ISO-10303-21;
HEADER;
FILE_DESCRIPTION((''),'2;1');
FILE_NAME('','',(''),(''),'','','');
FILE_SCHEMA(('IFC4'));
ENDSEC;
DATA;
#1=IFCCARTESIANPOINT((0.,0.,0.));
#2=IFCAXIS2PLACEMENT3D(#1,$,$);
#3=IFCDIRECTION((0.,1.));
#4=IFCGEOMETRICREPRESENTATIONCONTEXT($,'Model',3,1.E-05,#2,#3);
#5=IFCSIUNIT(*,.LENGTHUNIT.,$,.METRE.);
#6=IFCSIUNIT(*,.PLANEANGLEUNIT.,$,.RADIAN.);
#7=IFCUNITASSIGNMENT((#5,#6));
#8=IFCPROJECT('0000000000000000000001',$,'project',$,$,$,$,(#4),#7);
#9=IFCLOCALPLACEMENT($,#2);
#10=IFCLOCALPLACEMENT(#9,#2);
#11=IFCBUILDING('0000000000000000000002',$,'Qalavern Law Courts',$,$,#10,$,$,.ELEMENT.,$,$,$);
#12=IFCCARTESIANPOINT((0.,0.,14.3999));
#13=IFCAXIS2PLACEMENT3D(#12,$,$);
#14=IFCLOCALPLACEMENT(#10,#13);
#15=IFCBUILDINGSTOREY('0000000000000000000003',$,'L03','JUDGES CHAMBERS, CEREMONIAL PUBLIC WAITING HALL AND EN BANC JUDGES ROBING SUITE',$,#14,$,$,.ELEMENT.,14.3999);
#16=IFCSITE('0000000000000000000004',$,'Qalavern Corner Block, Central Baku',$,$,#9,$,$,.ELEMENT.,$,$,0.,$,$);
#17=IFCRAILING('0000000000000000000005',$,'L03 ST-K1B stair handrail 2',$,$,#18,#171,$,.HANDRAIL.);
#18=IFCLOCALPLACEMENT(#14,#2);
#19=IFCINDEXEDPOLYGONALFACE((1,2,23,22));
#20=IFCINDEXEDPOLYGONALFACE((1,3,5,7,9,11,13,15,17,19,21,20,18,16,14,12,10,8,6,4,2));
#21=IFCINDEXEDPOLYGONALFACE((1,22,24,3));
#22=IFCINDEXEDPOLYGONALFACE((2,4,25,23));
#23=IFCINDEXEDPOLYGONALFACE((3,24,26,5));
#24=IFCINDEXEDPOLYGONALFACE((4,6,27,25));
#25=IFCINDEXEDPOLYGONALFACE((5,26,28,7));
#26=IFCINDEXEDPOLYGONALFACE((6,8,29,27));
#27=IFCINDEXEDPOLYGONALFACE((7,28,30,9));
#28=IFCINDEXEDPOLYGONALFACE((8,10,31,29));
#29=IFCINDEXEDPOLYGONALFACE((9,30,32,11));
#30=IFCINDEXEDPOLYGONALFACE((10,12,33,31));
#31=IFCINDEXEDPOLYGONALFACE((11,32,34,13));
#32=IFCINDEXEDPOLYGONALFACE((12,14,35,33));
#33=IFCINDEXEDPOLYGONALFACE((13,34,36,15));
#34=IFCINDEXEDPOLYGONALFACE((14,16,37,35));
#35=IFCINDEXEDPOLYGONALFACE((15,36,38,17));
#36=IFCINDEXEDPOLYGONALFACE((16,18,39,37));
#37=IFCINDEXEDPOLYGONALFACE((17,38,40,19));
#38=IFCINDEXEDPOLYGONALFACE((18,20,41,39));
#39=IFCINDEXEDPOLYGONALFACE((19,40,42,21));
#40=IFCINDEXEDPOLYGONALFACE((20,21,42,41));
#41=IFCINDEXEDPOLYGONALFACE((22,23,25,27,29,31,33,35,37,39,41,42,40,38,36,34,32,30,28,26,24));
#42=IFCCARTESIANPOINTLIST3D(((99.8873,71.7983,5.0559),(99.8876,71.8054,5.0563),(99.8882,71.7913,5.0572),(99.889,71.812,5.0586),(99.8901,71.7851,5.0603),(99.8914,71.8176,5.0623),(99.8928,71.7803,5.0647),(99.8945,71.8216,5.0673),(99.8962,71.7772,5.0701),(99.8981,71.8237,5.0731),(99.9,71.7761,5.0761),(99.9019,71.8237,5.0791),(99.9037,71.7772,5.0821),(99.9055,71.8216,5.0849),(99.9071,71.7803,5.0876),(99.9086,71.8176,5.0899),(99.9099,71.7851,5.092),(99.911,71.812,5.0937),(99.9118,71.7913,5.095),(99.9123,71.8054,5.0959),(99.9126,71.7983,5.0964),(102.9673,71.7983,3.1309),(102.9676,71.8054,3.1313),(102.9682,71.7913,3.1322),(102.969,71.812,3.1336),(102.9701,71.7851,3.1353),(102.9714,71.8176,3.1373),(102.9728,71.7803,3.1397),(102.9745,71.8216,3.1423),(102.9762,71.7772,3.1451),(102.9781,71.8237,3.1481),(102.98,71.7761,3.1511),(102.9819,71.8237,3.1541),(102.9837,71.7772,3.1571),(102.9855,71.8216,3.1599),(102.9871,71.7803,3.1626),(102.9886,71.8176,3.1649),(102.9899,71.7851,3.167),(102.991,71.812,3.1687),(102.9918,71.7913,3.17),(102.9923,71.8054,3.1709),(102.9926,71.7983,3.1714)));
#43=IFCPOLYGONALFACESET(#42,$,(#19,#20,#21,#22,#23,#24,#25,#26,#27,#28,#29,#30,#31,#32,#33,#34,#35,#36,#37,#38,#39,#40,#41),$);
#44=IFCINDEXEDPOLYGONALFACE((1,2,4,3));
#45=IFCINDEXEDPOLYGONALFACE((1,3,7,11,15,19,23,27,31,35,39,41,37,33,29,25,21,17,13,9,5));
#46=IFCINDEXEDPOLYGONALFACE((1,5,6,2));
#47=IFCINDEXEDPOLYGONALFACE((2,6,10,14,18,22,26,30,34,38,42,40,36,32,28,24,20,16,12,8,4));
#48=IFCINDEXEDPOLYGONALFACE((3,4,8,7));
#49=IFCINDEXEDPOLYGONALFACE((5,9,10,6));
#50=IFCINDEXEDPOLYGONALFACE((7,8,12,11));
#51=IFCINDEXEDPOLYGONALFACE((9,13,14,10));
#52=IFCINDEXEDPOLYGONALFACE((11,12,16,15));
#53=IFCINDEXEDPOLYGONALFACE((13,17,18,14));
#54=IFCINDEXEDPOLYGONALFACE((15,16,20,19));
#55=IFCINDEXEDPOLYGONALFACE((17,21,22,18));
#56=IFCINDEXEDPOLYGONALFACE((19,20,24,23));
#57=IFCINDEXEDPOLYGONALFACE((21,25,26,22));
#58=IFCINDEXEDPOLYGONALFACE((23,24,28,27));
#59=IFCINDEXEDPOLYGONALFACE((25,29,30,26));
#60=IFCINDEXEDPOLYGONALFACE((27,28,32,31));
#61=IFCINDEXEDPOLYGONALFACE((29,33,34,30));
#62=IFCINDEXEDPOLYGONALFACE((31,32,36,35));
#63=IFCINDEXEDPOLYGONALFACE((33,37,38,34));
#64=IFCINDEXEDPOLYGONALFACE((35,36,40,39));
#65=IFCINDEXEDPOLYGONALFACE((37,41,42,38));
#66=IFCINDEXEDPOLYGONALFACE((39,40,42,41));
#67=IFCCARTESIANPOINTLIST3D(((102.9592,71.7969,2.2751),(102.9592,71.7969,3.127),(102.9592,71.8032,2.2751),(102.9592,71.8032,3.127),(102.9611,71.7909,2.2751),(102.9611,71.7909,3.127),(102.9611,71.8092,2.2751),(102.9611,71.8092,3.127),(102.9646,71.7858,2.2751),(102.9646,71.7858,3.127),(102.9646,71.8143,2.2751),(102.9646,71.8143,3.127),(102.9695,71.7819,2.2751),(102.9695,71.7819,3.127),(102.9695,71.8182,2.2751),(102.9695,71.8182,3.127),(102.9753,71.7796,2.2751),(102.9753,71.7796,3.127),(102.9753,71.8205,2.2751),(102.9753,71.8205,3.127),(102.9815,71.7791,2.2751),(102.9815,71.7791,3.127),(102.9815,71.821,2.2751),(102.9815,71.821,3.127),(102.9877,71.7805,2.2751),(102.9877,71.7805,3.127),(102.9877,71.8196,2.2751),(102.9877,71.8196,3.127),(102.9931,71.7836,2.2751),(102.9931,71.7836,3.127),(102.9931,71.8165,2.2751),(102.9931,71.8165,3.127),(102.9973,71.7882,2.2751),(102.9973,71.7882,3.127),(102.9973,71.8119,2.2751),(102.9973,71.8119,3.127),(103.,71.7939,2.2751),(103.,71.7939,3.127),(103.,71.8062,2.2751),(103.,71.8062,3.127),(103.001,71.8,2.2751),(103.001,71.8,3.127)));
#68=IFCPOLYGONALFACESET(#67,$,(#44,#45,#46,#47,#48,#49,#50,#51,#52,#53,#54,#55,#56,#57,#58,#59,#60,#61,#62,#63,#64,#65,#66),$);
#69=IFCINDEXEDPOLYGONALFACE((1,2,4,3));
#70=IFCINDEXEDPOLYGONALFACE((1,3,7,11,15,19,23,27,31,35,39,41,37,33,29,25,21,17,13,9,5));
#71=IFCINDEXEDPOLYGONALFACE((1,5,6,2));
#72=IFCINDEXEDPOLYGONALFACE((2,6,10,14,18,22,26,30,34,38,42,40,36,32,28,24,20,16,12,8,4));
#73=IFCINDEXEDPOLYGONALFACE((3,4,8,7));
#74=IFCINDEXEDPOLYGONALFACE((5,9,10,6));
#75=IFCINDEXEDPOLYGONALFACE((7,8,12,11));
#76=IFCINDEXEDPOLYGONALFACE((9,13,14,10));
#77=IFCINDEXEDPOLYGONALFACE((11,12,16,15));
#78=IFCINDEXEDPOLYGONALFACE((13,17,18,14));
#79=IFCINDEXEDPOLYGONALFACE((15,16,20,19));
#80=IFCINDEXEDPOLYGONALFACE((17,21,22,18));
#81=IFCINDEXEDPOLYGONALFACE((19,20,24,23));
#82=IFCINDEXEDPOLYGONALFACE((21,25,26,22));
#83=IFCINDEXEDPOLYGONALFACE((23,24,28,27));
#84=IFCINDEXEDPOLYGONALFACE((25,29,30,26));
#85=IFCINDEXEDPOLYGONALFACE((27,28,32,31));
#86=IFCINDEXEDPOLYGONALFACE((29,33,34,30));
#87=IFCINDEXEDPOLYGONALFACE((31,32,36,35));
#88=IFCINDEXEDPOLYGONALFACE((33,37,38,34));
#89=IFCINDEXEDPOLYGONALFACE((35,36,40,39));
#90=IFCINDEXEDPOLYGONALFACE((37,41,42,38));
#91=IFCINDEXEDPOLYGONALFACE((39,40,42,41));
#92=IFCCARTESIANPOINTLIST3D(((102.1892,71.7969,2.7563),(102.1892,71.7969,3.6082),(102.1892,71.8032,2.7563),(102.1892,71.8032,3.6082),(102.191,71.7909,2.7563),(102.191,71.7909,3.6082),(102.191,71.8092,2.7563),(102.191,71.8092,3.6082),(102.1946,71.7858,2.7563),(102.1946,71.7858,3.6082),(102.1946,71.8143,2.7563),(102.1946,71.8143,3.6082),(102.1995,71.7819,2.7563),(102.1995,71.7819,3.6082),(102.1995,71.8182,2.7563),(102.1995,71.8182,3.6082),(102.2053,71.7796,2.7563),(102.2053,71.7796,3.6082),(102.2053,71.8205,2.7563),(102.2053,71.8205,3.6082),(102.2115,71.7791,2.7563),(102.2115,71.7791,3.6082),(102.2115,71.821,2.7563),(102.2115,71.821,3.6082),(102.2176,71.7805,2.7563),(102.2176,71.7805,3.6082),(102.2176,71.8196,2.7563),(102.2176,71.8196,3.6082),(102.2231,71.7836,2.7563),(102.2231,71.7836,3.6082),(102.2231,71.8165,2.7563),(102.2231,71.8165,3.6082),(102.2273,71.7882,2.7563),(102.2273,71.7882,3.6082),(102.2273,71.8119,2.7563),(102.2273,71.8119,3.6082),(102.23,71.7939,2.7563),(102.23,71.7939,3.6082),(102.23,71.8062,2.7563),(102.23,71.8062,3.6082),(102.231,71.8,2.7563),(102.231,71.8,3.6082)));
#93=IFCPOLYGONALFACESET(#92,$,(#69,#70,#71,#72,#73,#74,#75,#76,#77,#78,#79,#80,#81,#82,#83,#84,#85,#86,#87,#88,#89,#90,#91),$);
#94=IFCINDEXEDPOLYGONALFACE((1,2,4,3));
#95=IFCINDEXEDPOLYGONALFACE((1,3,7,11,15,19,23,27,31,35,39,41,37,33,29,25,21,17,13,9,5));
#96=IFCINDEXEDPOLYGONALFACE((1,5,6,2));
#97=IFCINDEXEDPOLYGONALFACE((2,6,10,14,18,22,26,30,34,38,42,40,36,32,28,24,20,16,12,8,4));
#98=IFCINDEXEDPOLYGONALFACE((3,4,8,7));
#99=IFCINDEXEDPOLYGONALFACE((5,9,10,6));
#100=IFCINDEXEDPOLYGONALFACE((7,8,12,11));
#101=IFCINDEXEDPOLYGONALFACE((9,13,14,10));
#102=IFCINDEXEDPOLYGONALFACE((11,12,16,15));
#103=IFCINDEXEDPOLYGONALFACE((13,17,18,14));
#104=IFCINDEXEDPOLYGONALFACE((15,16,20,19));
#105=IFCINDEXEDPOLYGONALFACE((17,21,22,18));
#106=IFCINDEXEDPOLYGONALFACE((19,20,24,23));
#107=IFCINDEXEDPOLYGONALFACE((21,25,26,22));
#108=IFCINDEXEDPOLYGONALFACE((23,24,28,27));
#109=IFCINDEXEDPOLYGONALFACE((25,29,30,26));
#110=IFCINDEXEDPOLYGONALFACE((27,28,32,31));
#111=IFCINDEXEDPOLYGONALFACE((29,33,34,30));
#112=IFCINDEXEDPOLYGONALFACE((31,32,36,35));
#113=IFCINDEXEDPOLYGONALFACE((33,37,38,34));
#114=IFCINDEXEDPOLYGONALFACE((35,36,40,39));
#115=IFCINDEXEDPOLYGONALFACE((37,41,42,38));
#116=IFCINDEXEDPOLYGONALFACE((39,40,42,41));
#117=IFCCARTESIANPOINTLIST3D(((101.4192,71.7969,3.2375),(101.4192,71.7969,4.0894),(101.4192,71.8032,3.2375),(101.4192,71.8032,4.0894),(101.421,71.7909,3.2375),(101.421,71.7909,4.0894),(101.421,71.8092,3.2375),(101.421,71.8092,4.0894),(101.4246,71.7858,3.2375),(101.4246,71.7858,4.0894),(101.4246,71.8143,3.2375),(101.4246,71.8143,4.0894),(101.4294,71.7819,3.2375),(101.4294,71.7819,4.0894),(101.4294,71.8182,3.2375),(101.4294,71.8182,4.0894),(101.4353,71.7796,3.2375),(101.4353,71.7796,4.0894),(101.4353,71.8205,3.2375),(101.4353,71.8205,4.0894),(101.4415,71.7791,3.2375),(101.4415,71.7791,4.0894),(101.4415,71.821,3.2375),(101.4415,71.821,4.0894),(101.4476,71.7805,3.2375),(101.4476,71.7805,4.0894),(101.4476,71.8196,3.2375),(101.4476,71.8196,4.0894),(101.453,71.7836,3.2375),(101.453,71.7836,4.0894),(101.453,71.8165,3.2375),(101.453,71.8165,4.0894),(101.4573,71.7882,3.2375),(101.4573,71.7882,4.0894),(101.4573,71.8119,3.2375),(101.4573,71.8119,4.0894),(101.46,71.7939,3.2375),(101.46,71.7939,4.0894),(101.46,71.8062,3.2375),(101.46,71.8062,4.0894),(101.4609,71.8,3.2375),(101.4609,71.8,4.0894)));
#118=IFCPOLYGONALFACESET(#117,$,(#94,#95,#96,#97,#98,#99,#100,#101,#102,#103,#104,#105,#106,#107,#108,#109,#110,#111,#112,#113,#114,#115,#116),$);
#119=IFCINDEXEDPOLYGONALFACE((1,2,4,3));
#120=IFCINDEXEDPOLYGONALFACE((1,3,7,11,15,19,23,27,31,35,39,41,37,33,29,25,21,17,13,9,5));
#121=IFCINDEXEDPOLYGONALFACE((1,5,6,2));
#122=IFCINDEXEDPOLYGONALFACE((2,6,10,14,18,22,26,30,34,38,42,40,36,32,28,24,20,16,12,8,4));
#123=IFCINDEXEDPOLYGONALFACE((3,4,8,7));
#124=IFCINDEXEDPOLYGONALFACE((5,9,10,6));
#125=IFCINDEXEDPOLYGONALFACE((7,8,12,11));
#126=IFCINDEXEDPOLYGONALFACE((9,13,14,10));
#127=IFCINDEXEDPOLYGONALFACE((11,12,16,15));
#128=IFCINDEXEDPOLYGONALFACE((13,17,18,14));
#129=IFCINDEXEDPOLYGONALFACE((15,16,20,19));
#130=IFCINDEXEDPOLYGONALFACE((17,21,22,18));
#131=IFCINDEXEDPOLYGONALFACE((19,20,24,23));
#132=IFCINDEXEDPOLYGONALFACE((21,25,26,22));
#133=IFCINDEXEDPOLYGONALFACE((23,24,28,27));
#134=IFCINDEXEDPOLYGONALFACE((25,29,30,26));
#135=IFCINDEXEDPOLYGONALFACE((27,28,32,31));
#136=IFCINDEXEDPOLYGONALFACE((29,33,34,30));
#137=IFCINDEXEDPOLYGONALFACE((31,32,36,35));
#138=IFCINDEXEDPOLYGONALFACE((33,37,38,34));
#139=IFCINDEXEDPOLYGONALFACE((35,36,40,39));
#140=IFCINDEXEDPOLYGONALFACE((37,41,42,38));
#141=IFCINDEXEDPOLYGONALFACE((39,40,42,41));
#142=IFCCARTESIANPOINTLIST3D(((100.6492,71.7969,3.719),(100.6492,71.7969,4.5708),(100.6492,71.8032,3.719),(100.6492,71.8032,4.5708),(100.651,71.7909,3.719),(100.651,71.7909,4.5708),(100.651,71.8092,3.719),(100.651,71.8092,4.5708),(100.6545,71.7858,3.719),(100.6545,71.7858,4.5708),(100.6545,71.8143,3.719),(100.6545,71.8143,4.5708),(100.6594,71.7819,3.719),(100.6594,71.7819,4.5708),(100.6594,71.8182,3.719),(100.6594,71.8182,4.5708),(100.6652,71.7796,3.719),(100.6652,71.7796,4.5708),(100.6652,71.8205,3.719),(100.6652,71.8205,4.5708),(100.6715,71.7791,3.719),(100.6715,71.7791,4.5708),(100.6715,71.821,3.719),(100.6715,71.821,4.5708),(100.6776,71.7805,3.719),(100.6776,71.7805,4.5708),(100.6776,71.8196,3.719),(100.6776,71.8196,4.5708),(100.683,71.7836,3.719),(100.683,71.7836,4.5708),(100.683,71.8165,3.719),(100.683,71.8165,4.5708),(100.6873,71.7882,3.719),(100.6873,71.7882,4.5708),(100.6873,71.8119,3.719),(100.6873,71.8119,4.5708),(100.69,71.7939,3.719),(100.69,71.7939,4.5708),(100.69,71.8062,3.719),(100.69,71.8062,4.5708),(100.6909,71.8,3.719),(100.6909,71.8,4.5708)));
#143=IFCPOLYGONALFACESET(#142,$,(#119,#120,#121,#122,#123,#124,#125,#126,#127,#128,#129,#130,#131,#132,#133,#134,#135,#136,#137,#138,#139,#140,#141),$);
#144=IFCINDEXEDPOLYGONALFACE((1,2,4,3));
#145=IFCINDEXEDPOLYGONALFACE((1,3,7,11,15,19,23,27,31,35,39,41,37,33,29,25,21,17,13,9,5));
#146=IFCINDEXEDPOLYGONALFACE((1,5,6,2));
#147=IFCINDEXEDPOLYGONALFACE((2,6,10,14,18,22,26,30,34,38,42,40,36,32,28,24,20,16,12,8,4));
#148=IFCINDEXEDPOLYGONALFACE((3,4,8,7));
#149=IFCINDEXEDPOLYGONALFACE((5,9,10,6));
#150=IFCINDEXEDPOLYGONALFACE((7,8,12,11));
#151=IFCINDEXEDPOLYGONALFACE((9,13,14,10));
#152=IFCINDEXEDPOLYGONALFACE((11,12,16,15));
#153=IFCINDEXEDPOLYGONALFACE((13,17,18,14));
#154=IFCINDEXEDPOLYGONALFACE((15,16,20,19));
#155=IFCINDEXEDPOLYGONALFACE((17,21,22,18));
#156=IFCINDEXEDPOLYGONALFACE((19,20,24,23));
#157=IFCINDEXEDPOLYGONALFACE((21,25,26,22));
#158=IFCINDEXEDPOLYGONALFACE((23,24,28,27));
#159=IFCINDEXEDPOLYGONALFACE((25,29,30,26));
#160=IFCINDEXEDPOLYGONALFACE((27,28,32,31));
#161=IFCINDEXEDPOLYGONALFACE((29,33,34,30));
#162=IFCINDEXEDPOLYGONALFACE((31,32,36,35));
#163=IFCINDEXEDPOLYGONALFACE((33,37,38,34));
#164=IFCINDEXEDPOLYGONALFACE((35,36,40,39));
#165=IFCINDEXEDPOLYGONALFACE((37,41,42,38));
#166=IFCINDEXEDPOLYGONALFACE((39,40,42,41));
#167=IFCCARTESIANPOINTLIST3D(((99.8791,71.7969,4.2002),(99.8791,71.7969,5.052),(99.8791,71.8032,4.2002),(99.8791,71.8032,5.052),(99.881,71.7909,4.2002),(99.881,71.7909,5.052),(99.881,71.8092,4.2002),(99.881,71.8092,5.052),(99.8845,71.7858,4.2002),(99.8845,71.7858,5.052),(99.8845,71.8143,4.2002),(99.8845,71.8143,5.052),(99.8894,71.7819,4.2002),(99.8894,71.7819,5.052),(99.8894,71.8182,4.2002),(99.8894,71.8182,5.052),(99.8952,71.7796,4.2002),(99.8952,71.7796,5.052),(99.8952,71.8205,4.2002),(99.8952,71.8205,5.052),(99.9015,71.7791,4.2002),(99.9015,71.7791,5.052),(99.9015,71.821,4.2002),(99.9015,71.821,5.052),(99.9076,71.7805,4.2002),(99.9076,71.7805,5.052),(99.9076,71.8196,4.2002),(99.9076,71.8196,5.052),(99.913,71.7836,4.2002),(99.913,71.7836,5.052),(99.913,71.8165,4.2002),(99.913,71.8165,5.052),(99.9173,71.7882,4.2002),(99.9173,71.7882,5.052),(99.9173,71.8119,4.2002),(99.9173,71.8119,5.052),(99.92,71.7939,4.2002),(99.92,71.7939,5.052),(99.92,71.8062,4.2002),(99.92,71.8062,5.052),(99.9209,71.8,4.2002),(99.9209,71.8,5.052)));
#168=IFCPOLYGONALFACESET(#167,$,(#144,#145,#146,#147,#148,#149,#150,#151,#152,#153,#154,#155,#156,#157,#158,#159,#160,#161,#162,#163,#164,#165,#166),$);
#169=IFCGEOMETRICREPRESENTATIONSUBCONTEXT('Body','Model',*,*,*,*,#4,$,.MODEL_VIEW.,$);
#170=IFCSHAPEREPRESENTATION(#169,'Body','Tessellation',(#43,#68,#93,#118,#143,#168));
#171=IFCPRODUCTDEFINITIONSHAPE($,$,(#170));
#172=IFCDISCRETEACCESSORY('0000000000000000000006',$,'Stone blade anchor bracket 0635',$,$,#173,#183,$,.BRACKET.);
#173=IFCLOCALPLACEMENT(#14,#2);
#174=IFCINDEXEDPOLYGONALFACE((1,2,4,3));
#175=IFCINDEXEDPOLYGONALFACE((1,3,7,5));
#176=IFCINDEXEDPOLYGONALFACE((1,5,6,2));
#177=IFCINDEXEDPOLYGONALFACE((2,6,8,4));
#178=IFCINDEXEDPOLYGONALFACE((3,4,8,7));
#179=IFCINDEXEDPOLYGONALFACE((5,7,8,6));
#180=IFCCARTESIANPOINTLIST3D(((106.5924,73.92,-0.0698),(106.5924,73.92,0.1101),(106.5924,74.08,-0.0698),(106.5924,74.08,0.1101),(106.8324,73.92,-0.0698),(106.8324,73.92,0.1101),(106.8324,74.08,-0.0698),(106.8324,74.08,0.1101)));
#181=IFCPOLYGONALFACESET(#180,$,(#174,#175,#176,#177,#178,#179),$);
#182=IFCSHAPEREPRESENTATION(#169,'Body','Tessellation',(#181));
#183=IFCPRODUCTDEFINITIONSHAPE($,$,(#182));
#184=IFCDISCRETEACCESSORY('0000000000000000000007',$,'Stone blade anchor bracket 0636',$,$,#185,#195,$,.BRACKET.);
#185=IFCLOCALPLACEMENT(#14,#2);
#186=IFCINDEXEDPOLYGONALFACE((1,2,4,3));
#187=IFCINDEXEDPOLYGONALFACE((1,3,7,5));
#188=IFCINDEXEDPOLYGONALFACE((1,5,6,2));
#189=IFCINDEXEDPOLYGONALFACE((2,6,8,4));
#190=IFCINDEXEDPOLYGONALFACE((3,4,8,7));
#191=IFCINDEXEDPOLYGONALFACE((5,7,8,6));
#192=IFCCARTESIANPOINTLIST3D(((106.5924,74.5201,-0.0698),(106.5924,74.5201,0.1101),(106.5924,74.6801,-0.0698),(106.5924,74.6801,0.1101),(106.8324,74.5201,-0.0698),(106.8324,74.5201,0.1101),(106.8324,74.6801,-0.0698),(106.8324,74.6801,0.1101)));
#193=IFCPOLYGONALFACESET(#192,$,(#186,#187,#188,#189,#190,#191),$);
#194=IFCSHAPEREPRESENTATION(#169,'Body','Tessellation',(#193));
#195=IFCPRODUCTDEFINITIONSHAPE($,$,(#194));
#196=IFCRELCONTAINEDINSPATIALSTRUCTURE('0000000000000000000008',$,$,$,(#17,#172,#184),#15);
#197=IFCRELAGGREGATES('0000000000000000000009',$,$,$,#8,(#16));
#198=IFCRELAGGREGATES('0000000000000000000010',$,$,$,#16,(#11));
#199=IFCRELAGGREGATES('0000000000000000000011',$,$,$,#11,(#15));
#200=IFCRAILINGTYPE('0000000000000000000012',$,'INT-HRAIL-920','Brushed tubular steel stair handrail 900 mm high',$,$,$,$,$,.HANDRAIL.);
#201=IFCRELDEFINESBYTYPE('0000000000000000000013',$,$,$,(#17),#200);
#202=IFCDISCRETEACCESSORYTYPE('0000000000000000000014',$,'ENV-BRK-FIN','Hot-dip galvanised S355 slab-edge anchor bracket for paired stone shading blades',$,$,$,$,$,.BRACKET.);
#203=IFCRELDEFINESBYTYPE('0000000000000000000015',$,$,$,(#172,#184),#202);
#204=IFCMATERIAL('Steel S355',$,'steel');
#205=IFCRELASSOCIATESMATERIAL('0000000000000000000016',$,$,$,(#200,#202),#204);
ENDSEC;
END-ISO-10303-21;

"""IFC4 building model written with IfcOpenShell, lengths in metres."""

from ifc_helpers import new_model, si_unit, direction, frame, origin, origin_2d, place, context, subcontext, project, spatial, rectangle, circle, extrude, material, type_object, element, save


model = new_model("IFC4")

# Units and contexts
model_context = context("Model", 3, precision=1e-05, world=origin(), true_north=direction((0.0, 1.0)))
body_context = subcontext(model_context, "Body", "Model", "MODEL_VIEW")
ifc_project = project(units=[si_unit("LENGTHUNIT", "METRE"), si_unit("PLANEANGLEUNIT", "RADIAN")], contexts=[model_context])

# Site, building, storey
site_placement = place(None, origin())
site = spatial("IfcSite", under=ifc_project, at=site_placement, Name="Qalavern Corner Block, Central Baku", CompositionType="ELEMENT", RefElevation=0.0)
building_placement = place(site_placement, origin())
building = spatial("IfcBuilding", under=site, at=building_placement, Name="Qalavern Law Courts", CompositionType="ELEMENT")
storey_placement = place(building_placement, frame((0.0, 0.0, 14.3999)))
storey = spatial("IfcBuildingStorey", under=building, at=storey_placement, Name="L03", Description="JUDGES CHAMBERS, CEREMONIAL PUBLIC WAITING HALL AND EN BANC JUDGES ROBING SUITE", CompositionType="ELEMENT", Elevation=14.3999)

# Shared definitions
ifc_material_1 = material(Name="Steel S355", Category="steel")

# Railing
railing_type_1 = type_object("IfcRailingType", Name="INT-HRAIL-920", Description="Brushed tubular steel stair handrail 900 mm high", PredefinedType="HANDRAIL", material=ifc_material_1)
railing_1_placement = place(storey_placement, frame((102.98, 71.8, 2.2751)))
element("IfcRailing", 1, at=railing_1_placement, inside=storey, type_object=railing_type_1, Name="L03 ST-K1B stair handrail 2", PredefinedType="HANDRAIL", context=body_context, shape_type="SweptSolid", body=[
    extrude(circle(Radius=0.0239, at=origin_2d()), frame((0.0, 0.0, 0.876), z_axis=(-0.847998, 0.0, 0.529999), x_axis=(0.0, -1.0, 0.0)), (0.0, 0.0, 1.0), 3.6321),
    extrude(circle(Radius=0.021, at=origin_2d()), origin(), (0.0, 0.0, 1.0), 0.8518),
    extrude(circle(Radius=0.021, at=origin_2d()), frame((-0.77, 0.0, 0.4812)), (0.0, 0.0, 1.0), 0.8518),
    extrude(circle(Radius=0.021, at=origin_2d()), frame((-1.54, 0.0, 0.9624)), (0.0, 0.0, 1.0), 0.8518),
    extrude(circle(Radius=0.021, at=origin_2d()), frame((-2.3101, 0.0, 1.4438)), (0.0, 0.0, 1.0), 0.8518),
    extrude(circle(Radius=0.021, at=origin_2d()), frame((-3.0801, 0.0, 1.925)), (0.0, 0.0, 1.0), 0.8518),
])

# Discrete accessories
discrete_accessory_type = type_object("IfcDiscreteAccessoryType", Name="ENV-BRK-FIN", Description="Hot-dip galvanised S355 slab-edge anchor bracket for paired stone shading blades", PredefinedType="BRACKET", material=ifc_material_1)
for number, where, z_axis, x_axis, name in (
    (2, (106.7124, 74.0, -0.0698), (0.0, 0.0, 1.0), (1.0, 0.0, 0.0), "Stone blade anchor bracket 0635"),
    (3, (106.7124, 74.6001, -0.0698), (0.0, 0.0, 1.0), (1.0, 0.0, 0.0), "Stone blade anchor bracket 0636"),
):
    element("IfcDiscreteAccessory", number, at=place(storey_placement, frame(where, z_axis=z_axis, x_axis=x_axis)), inside=storey, type_object=discrete_accessory_type, Name=name, PredefinedType="BRACKET", context=body_context, shape_type="SweptSolid", body=[
        extrude(rectangle(XDim=0.24, YDim=0.1599, at=origin_2d()), origin(), (0.0, 0.0, 1.0), 0.1799),
    ])

save(model, "model.ifc")
